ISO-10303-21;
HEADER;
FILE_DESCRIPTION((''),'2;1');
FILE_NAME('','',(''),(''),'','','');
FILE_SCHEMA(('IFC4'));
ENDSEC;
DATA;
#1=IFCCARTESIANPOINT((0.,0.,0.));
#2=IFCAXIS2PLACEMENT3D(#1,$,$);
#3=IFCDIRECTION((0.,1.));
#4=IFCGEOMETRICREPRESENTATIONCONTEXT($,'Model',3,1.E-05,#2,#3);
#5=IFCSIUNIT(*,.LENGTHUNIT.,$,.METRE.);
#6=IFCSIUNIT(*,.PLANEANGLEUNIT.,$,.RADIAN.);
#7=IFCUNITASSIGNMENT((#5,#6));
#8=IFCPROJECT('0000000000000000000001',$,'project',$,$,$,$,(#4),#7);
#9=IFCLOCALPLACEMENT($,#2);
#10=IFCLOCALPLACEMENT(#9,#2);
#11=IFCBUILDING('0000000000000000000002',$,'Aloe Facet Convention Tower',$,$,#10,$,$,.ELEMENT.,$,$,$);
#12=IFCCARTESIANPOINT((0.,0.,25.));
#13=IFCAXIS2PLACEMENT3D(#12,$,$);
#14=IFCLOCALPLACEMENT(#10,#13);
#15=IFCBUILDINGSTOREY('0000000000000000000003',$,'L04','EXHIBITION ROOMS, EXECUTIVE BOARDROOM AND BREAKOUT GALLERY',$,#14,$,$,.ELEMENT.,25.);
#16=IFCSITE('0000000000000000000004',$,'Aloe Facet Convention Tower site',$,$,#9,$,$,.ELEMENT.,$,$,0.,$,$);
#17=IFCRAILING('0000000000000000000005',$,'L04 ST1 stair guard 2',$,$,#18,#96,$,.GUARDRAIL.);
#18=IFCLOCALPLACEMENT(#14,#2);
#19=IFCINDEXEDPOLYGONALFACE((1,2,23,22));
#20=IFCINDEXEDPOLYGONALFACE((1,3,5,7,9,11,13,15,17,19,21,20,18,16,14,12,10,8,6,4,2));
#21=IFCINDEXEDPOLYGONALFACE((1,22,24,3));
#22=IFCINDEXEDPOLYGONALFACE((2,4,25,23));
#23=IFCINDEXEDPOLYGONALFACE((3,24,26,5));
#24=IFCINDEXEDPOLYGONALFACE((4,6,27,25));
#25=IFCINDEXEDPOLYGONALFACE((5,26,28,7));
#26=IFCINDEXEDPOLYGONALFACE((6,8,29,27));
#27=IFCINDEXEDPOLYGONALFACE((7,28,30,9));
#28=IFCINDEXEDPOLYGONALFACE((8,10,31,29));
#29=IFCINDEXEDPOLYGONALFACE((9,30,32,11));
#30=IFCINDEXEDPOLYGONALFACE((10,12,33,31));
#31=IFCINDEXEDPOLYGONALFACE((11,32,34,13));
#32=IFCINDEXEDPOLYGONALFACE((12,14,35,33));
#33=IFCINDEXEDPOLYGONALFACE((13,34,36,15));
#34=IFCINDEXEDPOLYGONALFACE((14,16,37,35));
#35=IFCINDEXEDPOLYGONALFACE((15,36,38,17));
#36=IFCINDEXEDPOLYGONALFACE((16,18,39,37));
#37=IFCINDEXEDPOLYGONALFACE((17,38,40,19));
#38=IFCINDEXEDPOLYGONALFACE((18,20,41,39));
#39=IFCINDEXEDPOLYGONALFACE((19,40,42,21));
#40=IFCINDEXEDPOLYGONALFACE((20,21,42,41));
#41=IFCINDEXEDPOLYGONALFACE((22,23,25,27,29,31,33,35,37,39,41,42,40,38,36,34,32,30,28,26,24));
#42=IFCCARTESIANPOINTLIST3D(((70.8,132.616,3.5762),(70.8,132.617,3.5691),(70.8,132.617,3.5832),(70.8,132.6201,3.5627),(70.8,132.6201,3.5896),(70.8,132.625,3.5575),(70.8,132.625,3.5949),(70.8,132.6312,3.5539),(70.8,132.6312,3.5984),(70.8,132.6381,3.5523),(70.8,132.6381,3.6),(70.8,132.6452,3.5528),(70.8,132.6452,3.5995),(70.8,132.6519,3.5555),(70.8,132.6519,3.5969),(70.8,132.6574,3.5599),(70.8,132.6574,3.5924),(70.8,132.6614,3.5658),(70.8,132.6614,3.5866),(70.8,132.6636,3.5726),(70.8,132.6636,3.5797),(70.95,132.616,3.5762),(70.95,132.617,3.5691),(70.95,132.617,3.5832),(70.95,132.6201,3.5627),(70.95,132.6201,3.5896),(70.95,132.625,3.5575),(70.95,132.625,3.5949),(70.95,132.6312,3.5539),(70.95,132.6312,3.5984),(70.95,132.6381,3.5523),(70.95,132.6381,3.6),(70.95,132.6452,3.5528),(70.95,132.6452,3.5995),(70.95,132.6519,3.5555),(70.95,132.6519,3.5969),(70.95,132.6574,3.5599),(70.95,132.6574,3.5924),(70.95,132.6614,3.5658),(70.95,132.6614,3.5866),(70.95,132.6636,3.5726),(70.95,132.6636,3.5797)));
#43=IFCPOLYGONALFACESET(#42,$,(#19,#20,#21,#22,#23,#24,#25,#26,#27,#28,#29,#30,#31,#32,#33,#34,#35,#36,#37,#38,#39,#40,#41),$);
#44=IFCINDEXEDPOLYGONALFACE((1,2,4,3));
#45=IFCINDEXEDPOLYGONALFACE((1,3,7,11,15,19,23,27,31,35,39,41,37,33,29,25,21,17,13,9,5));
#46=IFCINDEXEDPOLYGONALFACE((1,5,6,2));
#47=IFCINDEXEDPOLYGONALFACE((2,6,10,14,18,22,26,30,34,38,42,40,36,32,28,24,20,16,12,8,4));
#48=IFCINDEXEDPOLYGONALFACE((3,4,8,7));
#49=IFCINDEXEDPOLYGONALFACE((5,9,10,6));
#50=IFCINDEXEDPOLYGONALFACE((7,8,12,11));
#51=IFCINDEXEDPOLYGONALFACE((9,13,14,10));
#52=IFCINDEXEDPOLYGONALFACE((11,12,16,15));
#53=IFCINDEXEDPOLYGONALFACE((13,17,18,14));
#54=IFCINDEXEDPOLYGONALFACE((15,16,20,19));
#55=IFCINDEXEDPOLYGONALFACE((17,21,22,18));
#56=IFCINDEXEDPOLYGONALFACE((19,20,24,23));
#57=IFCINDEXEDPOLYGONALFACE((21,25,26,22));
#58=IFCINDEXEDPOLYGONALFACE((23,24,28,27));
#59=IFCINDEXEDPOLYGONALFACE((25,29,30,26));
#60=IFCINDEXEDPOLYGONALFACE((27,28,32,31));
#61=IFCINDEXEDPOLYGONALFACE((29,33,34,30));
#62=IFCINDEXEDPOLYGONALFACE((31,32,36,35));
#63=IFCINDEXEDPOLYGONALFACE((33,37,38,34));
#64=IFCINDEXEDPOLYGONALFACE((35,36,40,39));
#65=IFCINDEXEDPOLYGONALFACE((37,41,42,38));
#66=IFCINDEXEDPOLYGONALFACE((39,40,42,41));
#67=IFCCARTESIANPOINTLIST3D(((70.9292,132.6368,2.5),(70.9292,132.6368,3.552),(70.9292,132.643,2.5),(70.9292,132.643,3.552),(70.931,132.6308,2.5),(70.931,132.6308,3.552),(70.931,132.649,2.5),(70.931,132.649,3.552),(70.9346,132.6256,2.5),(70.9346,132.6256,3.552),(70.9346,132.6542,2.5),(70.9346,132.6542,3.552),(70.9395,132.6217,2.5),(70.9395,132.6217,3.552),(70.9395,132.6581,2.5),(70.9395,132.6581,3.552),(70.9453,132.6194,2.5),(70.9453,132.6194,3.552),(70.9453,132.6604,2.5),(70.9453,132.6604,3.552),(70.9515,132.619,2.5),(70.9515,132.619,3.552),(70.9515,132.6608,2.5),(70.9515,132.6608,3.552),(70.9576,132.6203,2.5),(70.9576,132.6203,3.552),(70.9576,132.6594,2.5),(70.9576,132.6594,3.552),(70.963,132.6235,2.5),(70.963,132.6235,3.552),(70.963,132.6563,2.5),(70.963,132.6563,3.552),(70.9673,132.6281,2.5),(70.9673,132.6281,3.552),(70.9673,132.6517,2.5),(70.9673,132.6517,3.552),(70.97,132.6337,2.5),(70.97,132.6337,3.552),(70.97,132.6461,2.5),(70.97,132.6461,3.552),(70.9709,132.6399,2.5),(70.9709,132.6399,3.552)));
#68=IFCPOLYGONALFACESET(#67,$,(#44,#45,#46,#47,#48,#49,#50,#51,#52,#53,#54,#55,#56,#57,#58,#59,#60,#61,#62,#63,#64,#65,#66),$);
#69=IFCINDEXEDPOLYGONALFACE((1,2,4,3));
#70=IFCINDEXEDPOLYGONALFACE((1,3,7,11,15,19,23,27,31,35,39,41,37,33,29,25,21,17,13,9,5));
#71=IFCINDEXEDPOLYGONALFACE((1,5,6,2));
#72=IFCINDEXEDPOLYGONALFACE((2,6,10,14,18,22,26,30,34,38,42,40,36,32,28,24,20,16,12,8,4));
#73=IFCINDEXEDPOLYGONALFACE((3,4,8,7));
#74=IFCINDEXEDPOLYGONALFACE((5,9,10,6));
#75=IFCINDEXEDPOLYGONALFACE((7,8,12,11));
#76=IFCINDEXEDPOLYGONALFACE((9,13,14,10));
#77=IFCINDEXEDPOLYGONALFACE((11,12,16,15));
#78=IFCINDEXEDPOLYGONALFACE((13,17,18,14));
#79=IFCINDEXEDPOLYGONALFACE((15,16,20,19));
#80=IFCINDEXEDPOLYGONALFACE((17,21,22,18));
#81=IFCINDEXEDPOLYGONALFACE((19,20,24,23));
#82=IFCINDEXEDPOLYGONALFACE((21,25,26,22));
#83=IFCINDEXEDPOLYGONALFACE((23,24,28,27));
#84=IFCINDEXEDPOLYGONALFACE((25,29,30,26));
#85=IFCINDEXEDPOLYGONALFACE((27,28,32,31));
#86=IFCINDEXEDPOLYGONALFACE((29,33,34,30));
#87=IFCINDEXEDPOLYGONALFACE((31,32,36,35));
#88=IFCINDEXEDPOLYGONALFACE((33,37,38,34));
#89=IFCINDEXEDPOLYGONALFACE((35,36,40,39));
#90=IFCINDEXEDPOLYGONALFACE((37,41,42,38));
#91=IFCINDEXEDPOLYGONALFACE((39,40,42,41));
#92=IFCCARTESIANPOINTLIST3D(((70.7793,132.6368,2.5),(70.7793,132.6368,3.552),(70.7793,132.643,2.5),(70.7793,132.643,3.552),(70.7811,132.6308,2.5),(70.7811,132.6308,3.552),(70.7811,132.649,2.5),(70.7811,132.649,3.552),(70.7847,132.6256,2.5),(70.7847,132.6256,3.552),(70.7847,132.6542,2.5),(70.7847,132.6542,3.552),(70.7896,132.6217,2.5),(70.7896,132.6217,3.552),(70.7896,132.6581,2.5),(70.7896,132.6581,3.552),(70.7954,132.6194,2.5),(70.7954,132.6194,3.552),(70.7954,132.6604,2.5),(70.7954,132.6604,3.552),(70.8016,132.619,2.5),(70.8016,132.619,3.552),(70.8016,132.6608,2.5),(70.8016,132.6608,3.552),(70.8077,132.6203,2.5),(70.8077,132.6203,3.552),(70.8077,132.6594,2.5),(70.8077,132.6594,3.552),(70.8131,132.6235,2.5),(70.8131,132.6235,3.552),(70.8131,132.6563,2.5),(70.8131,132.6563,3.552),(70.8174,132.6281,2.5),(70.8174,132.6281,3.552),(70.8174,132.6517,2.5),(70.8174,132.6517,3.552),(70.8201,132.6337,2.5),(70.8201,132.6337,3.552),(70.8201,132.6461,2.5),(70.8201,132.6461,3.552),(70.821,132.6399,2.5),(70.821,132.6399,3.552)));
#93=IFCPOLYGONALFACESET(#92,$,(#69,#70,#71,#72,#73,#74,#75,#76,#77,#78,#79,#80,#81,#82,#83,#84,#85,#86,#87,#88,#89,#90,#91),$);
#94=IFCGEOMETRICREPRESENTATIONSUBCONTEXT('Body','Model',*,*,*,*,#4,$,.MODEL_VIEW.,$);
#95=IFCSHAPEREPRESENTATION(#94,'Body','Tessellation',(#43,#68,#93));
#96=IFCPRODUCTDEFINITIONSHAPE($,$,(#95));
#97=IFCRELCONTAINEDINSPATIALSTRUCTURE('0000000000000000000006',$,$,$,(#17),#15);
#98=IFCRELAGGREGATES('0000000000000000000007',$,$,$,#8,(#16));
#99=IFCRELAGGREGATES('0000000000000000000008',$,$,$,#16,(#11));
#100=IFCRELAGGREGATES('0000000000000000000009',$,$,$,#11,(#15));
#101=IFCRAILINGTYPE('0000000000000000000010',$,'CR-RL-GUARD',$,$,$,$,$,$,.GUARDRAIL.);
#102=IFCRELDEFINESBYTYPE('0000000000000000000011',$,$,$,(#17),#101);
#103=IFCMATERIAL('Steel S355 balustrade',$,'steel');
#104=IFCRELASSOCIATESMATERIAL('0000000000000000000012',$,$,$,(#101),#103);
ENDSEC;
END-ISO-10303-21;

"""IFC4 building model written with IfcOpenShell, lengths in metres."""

from ifc_helpers import new_model, si_unit, direction, frame, origin, origin_2d, place, context, subcontext, project, spatial, circle, extrude, material, type_object, element, save


model = new_model("IFC4")

# Units and contexts
model_context = context("Model", 3, precision=1e-05, world=origin(), true_north=direction((0.0, 1.0)))
body_context = subcontext(model_context, "Body", "Model", "MODEL_VIEW")
ifc_project = project(units=[si_unit("LENGTHUNIT", "METRE"), si_unit("PLANEANGLEUNIT", "RADIAN")], contexts=[model_context])

# Site, building, storey
site_placement = place(None, origin())
site = spatial("IfcSite", under=ifc_project, at=site_placement, Name="Aloe Facet Convention Tower site", CompositionType="ELEMENT", RefElevation=0.0)
building_placement = place(site_placement, origin())
building = spatial("IfcBuilding", under=site, at=building_placement, Name="Aloe Facet Convention Tower", CompositionType="ELEMENT")
storey_placement = place(building_placement, frame((0.0, 0.0, 25.0)))
storey = spatial("IfcBuildingStorey", under=building, at=storey_placement, Name="L04", Description="EXHIBITION ROOMS, EXECUTIVE BOARDROOM AND BREAKOUT GALLERY", CompositionType="ELEMENT", Elevation=25.0)

# Railing
ifc_material_1 = material(Name="Steel S355 balustrade", Category="steel")
railing_type_1 = type_object("IfcRailingType", Name="CR-RL-GUARD", PredefinedType="GUARDRAIL", material=ifc_material_1)
railing_1_placement = place(storey_placement, frame((70.95, 132.6399, 2.5)))
element("IfcRailing", 1, at=railing_1_placement, inside=storey, type_object=railing_type_1, Name="L04 ST1 stair guard 2", PredefinedType="GUARDRAIL", context=body_context, shape_type="SweptSolid", body=[
    extrude(circle(Radius=0.0239, at=origin_2d()), frame((0.0, 0.0, 1.0762), z_axis=(-1.0, 0.0, 0.0), x_axis=(0.0, -1.0, 0.0)), (0.0, 0.0, 1.0), 0.1499),
    extrude(circle(Radius=0.021, at=origin_2d()), origin(), (0.0, 0.0, 1.0), 1.052),
    extrude(circle(Radius=0.021, at=origin_2d()), frame((-0.1499, 0.0, 0.0)), (0.0, 0.0, 1.0), 1.052),
])

save(model, "model.ifc")
